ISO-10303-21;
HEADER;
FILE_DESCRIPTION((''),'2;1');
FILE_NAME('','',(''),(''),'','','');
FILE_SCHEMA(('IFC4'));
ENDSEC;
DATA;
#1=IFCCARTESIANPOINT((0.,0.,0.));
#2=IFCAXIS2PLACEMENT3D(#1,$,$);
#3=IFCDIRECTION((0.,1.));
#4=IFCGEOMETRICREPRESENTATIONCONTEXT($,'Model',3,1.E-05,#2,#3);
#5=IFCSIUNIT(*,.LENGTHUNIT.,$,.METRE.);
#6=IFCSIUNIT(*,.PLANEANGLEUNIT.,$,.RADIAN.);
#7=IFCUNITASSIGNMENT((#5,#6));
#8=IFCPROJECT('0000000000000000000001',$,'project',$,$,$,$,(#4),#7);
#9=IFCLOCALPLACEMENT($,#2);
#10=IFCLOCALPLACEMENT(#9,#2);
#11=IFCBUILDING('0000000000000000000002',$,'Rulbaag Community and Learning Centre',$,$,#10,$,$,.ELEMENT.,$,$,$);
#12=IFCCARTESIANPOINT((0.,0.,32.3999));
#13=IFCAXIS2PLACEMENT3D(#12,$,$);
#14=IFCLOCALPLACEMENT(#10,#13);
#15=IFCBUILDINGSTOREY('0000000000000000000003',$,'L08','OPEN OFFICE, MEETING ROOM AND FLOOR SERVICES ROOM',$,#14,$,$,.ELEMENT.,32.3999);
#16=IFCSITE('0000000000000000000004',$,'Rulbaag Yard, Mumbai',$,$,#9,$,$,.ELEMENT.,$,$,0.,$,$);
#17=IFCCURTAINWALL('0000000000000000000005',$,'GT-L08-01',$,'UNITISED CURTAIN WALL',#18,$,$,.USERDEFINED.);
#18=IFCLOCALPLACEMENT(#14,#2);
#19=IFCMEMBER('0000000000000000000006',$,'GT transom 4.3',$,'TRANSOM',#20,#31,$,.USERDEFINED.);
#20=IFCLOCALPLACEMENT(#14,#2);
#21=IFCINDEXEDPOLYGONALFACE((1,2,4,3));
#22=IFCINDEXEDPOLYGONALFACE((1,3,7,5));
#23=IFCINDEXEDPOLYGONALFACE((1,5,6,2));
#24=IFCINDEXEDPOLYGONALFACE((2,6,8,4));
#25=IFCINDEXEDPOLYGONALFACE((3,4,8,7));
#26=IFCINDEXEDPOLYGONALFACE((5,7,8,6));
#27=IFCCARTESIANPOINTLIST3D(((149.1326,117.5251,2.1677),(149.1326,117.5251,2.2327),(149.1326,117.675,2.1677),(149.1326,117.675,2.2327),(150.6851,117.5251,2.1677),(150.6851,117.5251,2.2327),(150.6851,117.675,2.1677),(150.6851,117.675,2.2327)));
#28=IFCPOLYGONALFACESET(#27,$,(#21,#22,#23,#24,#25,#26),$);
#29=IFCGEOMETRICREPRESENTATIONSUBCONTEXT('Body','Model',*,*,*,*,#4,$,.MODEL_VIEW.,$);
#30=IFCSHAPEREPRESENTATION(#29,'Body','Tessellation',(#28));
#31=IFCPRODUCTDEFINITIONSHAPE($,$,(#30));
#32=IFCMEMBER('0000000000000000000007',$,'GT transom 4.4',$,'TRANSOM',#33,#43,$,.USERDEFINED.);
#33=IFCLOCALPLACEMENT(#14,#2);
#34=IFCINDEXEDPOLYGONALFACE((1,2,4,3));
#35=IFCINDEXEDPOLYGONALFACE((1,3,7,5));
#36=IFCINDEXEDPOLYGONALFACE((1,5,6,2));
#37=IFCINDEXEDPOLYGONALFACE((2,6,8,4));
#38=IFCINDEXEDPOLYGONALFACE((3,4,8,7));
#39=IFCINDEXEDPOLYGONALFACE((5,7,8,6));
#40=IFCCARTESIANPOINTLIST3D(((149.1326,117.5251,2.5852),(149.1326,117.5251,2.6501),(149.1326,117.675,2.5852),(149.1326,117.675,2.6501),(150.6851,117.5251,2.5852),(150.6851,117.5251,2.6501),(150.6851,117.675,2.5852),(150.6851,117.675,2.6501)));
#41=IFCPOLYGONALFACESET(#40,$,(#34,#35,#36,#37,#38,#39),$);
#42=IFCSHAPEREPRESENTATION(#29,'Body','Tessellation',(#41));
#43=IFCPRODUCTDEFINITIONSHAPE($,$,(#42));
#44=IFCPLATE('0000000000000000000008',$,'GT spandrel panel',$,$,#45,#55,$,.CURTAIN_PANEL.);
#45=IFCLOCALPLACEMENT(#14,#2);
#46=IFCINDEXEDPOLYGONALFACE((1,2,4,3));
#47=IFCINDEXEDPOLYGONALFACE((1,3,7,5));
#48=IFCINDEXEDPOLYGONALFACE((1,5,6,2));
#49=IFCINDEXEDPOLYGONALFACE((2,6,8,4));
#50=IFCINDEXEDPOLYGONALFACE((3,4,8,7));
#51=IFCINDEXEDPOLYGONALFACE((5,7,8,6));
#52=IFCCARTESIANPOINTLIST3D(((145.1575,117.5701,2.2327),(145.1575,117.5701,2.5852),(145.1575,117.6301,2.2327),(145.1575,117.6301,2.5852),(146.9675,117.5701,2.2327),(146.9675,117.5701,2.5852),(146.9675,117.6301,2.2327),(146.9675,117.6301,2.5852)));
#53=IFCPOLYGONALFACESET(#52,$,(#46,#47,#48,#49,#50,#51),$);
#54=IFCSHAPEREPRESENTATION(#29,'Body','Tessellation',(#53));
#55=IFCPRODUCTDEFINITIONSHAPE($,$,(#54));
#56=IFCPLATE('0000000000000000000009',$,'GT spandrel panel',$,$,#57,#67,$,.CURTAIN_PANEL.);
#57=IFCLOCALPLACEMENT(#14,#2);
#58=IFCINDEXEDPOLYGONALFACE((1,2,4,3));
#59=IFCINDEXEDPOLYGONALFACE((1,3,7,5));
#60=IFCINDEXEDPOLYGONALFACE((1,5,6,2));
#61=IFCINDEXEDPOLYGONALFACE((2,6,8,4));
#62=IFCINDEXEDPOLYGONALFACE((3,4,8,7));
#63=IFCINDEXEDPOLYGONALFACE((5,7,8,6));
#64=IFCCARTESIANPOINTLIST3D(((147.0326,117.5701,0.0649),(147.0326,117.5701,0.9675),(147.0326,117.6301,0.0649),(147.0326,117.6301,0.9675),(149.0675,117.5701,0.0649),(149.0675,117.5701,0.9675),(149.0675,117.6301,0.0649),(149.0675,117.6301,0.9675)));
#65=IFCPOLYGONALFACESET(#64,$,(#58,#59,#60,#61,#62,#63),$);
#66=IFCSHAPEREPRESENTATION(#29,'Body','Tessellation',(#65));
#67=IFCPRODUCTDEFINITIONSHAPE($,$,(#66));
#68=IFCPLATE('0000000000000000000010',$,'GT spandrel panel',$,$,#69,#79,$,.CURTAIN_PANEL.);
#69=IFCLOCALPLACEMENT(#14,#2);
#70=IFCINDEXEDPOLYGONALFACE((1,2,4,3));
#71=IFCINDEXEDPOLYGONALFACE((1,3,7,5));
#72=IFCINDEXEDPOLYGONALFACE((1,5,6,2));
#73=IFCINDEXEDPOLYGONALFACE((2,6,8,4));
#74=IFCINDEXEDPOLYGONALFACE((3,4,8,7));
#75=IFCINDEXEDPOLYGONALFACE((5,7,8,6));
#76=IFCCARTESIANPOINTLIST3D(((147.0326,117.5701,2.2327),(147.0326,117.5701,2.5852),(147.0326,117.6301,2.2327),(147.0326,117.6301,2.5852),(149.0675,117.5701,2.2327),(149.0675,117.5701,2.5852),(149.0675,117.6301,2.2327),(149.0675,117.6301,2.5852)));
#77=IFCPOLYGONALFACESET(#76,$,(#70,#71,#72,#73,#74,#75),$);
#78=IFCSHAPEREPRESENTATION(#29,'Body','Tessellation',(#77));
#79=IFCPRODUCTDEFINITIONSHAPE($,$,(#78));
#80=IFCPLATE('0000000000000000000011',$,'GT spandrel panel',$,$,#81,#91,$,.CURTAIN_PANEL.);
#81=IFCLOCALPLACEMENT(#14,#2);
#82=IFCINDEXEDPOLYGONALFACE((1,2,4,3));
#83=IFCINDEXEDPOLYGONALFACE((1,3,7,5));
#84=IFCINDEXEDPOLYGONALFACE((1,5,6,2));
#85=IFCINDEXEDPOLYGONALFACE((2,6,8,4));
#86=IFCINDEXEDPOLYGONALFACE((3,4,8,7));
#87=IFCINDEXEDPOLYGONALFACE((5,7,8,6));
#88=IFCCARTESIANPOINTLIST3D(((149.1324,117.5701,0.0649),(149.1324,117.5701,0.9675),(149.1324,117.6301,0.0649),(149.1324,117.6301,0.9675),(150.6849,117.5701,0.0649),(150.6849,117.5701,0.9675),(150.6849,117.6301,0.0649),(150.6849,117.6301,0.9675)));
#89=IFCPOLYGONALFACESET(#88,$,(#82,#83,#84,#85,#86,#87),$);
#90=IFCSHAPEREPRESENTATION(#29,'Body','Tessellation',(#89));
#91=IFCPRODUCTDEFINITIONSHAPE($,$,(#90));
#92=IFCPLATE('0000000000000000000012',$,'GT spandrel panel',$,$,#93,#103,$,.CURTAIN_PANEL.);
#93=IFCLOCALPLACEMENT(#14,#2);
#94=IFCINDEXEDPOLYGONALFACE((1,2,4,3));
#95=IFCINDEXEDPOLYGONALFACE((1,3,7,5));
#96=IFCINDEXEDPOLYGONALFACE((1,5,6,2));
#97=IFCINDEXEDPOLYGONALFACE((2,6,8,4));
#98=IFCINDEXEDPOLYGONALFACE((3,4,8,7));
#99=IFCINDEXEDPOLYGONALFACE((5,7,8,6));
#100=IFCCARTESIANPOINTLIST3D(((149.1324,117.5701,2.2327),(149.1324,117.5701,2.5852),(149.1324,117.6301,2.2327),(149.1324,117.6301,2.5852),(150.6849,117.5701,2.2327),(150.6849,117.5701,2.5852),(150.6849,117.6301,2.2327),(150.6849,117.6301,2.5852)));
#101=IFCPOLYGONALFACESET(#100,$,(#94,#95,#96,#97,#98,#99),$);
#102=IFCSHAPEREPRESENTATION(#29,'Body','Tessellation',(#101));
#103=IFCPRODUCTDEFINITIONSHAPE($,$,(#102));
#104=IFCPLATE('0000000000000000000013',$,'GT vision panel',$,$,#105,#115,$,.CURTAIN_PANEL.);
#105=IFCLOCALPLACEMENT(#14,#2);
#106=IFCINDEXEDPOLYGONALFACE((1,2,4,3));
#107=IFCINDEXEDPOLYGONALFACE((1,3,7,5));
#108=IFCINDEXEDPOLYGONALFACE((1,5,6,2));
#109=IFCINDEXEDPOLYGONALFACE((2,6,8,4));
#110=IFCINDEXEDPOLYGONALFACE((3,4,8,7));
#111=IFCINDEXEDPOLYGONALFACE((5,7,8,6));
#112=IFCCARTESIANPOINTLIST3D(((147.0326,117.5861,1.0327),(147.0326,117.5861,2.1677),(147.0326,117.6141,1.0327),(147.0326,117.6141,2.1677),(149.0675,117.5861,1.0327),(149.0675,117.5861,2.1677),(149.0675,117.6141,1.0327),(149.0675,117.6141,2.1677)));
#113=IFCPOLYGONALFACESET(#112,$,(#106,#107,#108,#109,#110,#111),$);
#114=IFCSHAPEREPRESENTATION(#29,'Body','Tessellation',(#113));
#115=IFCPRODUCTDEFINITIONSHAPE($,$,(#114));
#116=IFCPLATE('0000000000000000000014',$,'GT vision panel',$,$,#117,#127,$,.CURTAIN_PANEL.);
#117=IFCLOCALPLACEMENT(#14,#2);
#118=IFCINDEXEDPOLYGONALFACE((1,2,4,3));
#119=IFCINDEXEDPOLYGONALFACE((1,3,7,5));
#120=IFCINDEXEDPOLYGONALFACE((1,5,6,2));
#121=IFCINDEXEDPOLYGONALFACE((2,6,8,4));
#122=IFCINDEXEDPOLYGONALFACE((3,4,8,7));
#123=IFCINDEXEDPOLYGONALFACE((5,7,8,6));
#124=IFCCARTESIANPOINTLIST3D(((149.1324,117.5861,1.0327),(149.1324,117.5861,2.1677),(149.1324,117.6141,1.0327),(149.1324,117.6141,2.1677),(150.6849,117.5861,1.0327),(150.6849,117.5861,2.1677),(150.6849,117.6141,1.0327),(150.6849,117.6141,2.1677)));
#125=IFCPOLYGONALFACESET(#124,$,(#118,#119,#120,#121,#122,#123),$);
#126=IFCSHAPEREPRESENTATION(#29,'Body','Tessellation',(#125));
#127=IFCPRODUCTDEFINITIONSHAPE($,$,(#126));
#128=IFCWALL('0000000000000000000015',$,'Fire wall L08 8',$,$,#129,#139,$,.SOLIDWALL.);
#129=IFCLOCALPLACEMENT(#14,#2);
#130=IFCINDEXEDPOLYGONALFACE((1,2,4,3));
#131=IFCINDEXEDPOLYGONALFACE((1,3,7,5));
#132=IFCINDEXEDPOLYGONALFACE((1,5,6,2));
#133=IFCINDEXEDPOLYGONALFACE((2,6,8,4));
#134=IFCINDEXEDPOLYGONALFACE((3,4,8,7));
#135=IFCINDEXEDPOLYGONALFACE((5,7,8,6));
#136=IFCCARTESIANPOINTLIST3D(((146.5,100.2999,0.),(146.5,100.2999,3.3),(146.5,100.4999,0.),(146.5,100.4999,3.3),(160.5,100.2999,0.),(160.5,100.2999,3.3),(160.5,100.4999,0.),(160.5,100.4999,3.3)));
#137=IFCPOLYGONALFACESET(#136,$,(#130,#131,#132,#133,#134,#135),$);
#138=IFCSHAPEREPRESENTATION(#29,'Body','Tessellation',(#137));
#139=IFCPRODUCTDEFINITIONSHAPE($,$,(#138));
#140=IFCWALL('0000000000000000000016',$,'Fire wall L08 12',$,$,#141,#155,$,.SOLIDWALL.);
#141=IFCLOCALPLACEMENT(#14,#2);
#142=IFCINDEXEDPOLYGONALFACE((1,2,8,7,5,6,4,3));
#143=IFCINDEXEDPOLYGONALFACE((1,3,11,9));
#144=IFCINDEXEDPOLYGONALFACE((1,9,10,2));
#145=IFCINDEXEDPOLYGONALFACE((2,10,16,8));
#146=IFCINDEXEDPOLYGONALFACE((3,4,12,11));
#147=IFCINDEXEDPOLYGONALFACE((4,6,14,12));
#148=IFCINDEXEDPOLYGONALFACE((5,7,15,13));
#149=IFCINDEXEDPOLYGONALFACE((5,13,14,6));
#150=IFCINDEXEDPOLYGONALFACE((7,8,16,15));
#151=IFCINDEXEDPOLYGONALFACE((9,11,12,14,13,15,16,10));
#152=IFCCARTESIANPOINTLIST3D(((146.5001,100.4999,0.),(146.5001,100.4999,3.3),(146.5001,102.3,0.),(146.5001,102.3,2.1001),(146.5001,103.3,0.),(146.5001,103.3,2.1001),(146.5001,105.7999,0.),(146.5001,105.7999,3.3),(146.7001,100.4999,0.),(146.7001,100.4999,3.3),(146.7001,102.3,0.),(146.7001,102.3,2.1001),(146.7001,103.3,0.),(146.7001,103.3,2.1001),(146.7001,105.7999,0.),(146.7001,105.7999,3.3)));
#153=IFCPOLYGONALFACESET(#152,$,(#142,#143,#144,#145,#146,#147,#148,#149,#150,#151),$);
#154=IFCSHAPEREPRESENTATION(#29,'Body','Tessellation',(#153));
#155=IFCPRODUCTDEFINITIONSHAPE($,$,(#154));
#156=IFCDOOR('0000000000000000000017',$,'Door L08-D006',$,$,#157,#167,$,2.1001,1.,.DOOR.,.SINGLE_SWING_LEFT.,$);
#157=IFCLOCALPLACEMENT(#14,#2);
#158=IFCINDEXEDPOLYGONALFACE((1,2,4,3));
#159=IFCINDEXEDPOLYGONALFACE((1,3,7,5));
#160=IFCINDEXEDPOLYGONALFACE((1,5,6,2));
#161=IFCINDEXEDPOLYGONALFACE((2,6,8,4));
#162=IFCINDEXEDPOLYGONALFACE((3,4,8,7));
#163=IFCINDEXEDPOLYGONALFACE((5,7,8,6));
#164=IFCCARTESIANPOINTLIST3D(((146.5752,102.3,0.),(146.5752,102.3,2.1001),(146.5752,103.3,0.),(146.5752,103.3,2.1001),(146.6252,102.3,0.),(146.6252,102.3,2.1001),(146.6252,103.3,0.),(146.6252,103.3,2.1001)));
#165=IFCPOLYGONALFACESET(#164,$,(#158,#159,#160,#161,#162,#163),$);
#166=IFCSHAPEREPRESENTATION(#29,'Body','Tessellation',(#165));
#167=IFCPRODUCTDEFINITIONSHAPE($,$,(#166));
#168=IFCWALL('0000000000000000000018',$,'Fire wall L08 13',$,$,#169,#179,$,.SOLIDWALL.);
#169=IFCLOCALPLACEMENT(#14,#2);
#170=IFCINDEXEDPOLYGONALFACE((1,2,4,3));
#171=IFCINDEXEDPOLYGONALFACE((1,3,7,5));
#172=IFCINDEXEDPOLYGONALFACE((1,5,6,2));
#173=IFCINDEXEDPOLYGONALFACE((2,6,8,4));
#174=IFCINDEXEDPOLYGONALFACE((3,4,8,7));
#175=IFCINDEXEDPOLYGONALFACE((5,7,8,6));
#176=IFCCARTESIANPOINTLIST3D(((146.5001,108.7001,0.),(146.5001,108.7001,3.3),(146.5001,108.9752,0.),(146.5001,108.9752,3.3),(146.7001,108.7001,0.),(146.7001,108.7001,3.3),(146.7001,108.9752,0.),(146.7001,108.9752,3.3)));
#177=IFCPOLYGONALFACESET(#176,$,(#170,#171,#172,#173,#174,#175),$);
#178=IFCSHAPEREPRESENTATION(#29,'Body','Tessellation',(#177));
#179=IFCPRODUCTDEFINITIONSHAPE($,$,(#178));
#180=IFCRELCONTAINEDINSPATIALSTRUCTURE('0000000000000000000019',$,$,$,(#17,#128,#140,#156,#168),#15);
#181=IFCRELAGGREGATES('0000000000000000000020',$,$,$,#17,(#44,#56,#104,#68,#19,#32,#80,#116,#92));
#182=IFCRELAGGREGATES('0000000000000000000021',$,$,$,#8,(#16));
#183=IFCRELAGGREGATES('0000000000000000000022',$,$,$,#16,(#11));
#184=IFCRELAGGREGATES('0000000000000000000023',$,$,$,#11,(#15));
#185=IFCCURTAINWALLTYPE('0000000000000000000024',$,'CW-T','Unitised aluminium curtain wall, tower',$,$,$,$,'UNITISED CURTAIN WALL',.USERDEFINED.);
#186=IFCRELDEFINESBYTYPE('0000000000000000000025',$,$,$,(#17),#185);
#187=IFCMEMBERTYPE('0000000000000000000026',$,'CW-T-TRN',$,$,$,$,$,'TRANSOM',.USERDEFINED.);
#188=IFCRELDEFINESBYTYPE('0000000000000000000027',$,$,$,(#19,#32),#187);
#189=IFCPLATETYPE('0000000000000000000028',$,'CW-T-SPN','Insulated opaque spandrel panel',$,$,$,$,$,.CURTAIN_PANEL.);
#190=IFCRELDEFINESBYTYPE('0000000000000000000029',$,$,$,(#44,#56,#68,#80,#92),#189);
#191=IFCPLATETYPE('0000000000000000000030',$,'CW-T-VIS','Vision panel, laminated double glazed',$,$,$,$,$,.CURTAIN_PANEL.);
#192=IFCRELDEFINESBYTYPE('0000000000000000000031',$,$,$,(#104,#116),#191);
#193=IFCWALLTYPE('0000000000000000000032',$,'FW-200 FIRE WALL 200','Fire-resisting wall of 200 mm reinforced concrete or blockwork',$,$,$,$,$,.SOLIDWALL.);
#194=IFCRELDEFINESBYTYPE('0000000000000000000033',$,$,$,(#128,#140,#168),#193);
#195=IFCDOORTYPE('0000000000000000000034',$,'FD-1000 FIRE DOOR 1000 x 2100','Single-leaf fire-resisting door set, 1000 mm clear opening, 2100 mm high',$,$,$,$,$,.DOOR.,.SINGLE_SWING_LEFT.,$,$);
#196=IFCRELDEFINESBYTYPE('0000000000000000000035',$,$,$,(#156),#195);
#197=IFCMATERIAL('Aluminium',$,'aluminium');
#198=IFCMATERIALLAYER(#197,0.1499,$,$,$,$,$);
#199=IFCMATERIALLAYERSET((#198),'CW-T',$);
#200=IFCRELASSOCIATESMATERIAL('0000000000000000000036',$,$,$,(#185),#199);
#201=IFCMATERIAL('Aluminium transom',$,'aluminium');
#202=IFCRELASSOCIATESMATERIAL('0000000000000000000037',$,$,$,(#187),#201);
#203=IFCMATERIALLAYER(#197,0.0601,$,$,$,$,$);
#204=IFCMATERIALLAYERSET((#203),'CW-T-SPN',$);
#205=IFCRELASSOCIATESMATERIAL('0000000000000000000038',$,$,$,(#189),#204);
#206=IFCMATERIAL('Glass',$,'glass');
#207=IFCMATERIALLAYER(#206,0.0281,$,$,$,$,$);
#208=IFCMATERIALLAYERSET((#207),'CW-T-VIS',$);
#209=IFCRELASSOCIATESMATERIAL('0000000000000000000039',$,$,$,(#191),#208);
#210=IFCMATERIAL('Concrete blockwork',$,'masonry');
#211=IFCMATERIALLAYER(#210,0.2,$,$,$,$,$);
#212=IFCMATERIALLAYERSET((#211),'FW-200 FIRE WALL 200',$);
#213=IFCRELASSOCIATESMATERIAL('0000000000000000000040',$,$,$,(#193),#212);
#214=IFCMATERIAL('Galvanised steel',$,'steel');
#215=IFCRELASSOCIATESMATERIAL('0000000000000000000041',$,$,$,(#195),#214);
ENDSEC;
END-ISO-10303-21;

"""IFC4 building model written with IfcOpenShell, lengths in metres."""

from ifc_helpers import new_model, si_unit, direction, frame, frame_2d, origin, origin_2d, place, context, subcontext, project, spatial, rectangle, extrude, material, layer, layer_set, material_profile, profile_set, type_object, element, fill, aggregate, save


model = new_model("IFC4")

# Units and contexts
model_context = context("Model", 3, precision=1e-05, world=origin(), true_north=direction((0.0, 1.0)))
body_context = subcontext(model_context, "Body", "Model", "MODEL_VIEW")
ifc_project = project(units=[si_unit("LENGTHUNIT", "METRE"), si_unit("PLANEANGLEUNIT", "RADIAN")], contexts=[model_context])

# Site, building, storey
site_placement = place(None, origin())
site = spatial("IfcSite", under=ifc_project, at=site_placement, Name="Rulbaag Yard, Mumbai", CompositionType="ELEMENT", RefElevation=0.0)
building_placement = place(site_placement, origin())
building = spatial("IfcBuilding", under=site, at=building_placement, Name="Rulbaag Community and Learning Centre", CompositionType="ELEMENT")
storey_placement = place(building_placement, frame((0.0, 0.0, 32.3999)))
storey = spatial("IfcBuildingStorey", under=building, at=storey_placement, Name="L08", Description="OPEN OFFICE, MEETING ROOM AND FLOOR SERVICES ROOM", CompositionType="ELEMENT", Elevation=32.3999)

# Curtain wall, members, plates
ifc_material_1 = material(Name="Aluminium", Category="aluminium")
ifc_layer_1 = layer(ifc_material_1, 0.1499)
ifc_layer_set_1 = layer_set([ifc_layer_1], Name="CW-T")
curtain_wall_type = type_object("IfcCurtainWallType", Name="CW-T", Description="Unitised aluminium curtain wall, tower", ElementType="UNITISED CURTAIN WALL", PredefinedType="USERDEFINED", material=ifc_layer_set_1)
curtain_wall_placement = place(storey_placement, origin())
curtain_wall = element("IfcCurtainWall", 1, at=curtain_wall_placement, inside=storey, type_object=curtain_wall_type, Name="GT-L08-01", ObjectType="UNITISED CURTAIN WALL", PredefinedType="USERDEFINED")
ifc_material_2 = material(Name="Aluminium transom", Category="aluminium")
ifc_material_profile_1 = material_profile(ifc_material_2, rectangle(XDim=0.1499, YDim=0.0649, at=origin_2d()), Name="AL 65x150 T")
ifc_profile_set_1 = profile_set([ifc_material_profile_1], Name="Aluminium transom")
member_type_1 = type_object("IfcMemberType", Name="CW-T-TRN", ElementType="TRANSOM", PredefinedType="USERDEFINED", material=ifc_profile_set_1)
member_1_placement = place(storey_placement, frame((149.1326, 117.6001, 2.2002), z_axis=(1.0, 0.0, 0.0), x_axis=(0.0, 1.0, 0.0)))
member_1 = element("IfcMember", 2, at=member_1_placement, type_object=member_type_1, Name="GT transom 4.3", ObjectType="TRANSOM", PredefinedType="USERDEFINED", context=body_context, shape_type="SweptSolid", body=[
    extrude(rectangle(XDim=0.1499, YDim=0.0649, at=origin_2d()), origin(), (0.0, 0.0, 1.0), 1.5525),
])
member_2_placement = place(storey_placement, frame((149.1326, 117.6001, 2.6177), z_axis=(1.0, 0.0, 0.0), x_axis=(0.0, 1.0, 0.0)))
member_2 = element("IfcMember", 3, at=member_2_placement, type_object=member_type_1, Name="GT transom 4.4", ObjectType="TRANSOM", PredefinedType="USERDEFINED", context=body_context, shape_type="SweptSolid", body=[
    extrude(rectangle(XDim=0.1499, YDim=0.0649, at=origin_2d()), origin(), (0.0, 0.0, 1.0), 1.5525),
])
ifc_layer_2 = layer(ifc_material_1, 0.0601)
ifc_layer_set_2 = layer_set([ifc_layer_2], Name="CW-T-SPN")
plate_type_1 = type_object("IfcPlateType", Name="CW-T-SPN", Description="Insulated opaque spandrel panel", PredefinedType="CURTAIN_PANEL", material=ifc_layer_set_2)
plate_1_placement = place(storey_placement, frame((146.0625, 117.6001, 2.2327), z_axis=(0.0, 0.0, 1.0), x_axis=(1.0, 0.0, 0.0)))
plate_1 = element("IfcPlate", 4, at=plate_1_placement, type_object=plate_type_1, Name="GT spandrel panel", PredefinedType="CURTAIN_PANEL", context=body_context, shape_type="SweptSolid", body=[
    extrude(rectangle(XDim=1.8101, YDim=0.0601, at=origin_2d()), origin(), (0.0, 0.0, 1.0), 0.3525),
])
plate_2_placement = place(storey_placement, frame((148.05, 117.6001, 0.0649), z_axis=(0.0, 0.0, 1.0), x_axis=(1.0, 0.0, 0.0)))
plate_2 = element("IfcPlate", 5, at=plate_2_placement, type_object=plate_type_1, Name="GT spandrel panel", PredefinedType="CURTAIN_PANEL", context=body_context, shape_type="SweptSolid", body=[
    extrude(rectangle(XDim=2.0349, YDim=0.0601, at=origin_2d()), origin(), (0.0, 0.0, 1.0), 0.9026),
])
plate_3_placement = place(storey_placement, frame((148.05, 117.6001, 2.2327), z_axis=(0.0, 0.0, 1.0), x_axis=(1.0, 0.0, 0.0)))
plate_3 = element("IfcPlate", 6, at=plate_3_placement, type_object=plate_type_1, Name="GT spandrel panel", PredefinedType="CURTAIN_PANEL", context=body_context, shape_type="SweptSolid", body=[
    extrude(rectangle(XDim=2.0349, YDim=0.0601, at=origin_2d()), origin(), (0.0, 0.0, 1.0), 0.3525),
])
plate_4_placement = place(storey_placement, frame((149.9087, 117.6001, 0.0649), z_axis=(0.0, 0.0, 1.0), x_axis=(1.0, 0.0, 0.0)))
plate_4 = element("IfcPlate", 7, at=plate_4_placement, type_object=plate_type_1, Name="GT spandrel panel", PredefinedType="CURTAIN_PANEL", context=body_context, shape_type="SweptSolid", body=[
    extrude(rectangle(XDim=1.5525, YDim=0.0601, at=origin_2d()), origin(), (0.0, 0.0, 1.0), 0.9026),
])
plate_5_placement = place(storey_placement, frame((149.9087, 117.6001, 2.2327), z_axis=(0.0, 0.0, 1.0), x_axis=(1.0, 0.0, 0.0)))
plate_5 = element("IfcPlate", 8, at=plate_5_placement, type_object=plate_type_1, Name="GT spandrel panel", PredefinedType="CURTAIN_PANEL", context=body_context, shape_type="SweptSolid", body=[
    extrude(rectangle(XDim=1.5525, YDim=0.0601, at=origin_2d()), origin(), (0.0, 0.0, 1.0), 0.3525),
])
ifc_material_3 = material(Name="Glass", Category="glass")
ifc_layer_3 = layer(ifc_material_3, 0.0281)
ifc_layer_set_3 = layer_set([ifc_layer_3], Name="CW-T-VIS")
plate_type_2 = type_object("IfcPlateType", Name="CW-T-VIS", Description="Vision panel, laminated double glazed", PredefinedType="CURTAIN_PANEL", material=ifc_layer_set_3)
plate_6_placement = place(storey_placement, frame((148.05, 117.6001, 1.0327), z_axis=(0.0, 0.0, 1.0), x_axis=(1.0, 0.0, 0.0)))
plate_6 = element("IfcPlate", 9, at=plate_6_placement, type_object=plate_type_2, Name="GT vision panel", PredefinedType="CURTAIN_PANEL", context=body_context, shape_type="SweptSolid", body=[
    extrude(rectangle(XDim=2.0349, YDim=0.0281, at=origin_2d()), origin(), (0.0, 0.0, 1.0), 1.135),
])
plate_7_placement = place(storey_placement, frame((149.9087, 117.6001, 1.0327), z_axis=(0.0, 0.0, 1.0), x_axis=(1.0, 0.0, 0.0)))
plate_7 = element("IfcPlate", 10, at=plate_7_placement, type_object=plate_type_2, Name="GT vision panel", PredefinedType="CURTAIN_PANEL", context=body_context, shape_type="SweptSolid", body=[
    extrude(rectangle(XDim=1.5525, YDim=0.0281, at=origin_2d()), origin(), (0.0, 0.0, 1.0), 1.135),
])
aggregate(curtain_wall, [plate_1, plate_2, plate_6, plate_3, member_1, member_2, plate_4, plate_7, plate_5])

# Wall
ifc_material_4 = material(Name="Concrete blockwork", Category="masonry")
ifc_layer_4 = layer(ifc_material_4, 0.2)
ifc_layer_set_4 = layer_set([ifc_layer_4], Name="FW-200 FIRE WALL 200")
wall_type_1 = type_object("IfcWallType", Name="FW-200 FIRE WALL 200", Description="Fire-resisting wall of 200 mm reinforced concrete or blockwork", PredefinedType="SOLIDWALL", material=ifc_layer_set_4)
wall_1_placement = place(storey_placement, frame((146.5, 100.3999, 0.0), z_axis=(0.0, 0.0, 1.0), x_axis=(1.0, 0.0, 0.0)))
element("IfcWall", 11, at=wall_1_placement, inside=storey, type_object=wall_type_1, Name="Fire wall L08 8", PredefinedType="SOLIDWALL", context=body_context, shape_type="SweptSolid", body=[
    extrude(rectangle(XDim=14.0, YDim=0.2, at=frame_2d((7.0, 0.0))), origin(), (0.0, 0.0, 1.0), 3.3),
])

# Wall, opening, door
wall_2_placement = place(storey_placement, frame((146.6001, 100.5, 0.0), z_axis=(0.0, 0.0, 1.0), x_axis=(0.0, 1.0, 0.0)))
wall_2 = element("IfcWall", 12, at=wall_2_placement, inside=storey, type_object=wall_type_1, Name="Fire wall L08 12", PredefinedType="SOLIDWALL", context=body_context, shape_type="SweptSolid", body=[
    extrude(rectangle(XDim=5.3, YDim=0.2, at=frame_2d((2.6499, 0.0))), origin(), (0.0, 0.0, 1.0), 3.3),
])
opening_1_placement = place(wall_2_placement, frame((1.8, 0.0, 0.0)))
opening_1 = element("IfcOpeningElement", 13, at=opening_1_placement, cuts=wall_2, PredefinedType="OPENING", context=body_context, shape_type="SweptSolid", body=[
    extrude(rectangle(XDim=1.0, YDim=2.1001, at=frame_2d((0.5, 1.05))), frame((0.0, 0.1099, 0.0), z_axis=(0.0, -1.0, 0.0), x_axis=(1.0, 0.0, 0.0)), (0.0, 0.0, 1.0), 0.22),
])
ifc_material_5 = material(Name="Galvanised steel", Category="steel")
door_type_1 = type_object("IfcDoorType", Name="FD-1000 FIRE DOOR 1000 x 2100", Description="Single-leaf fire-resisting door set, 1000 mm clear opening, 2100 mm high", OperationType="SINGLE_SWING_LEFT", PredefinedType="DOOR", material=ifc_material_5)
door_1_placement = place(opening_1_placement, origin())
door_1 = element("IfcDoor", 14, at=door_1_placement, inside=storey, type_object=door_type_1, Name="Door L08-D006", OperationType="SINGLE_SWING_LEFT", OverallHeight=2.1001, OverallWidth=1.0, PredefinedType="DOOR", context=body_context, shape_type="SweptSolid", body=[
    extrude(rectangle(XDim=1.0, YDim=2.1001, at=frame_2d((0.5, 1.05))), frame((0.0, 0.0249, 0.0), z_axis=(0.0, -1.0, 0.0), x_axis=(1.0, 0.0, 0.0)), (0.0, 0.0, 1.0), 0.05),
])
fill(opening_1, door_1)

# Wall
wall_3_placement = place(storey_placement, frame((146.6001, 108.7, 0.0), z_axis=(0.0, 0.0, 1.0), x_axis=(0.0, 1.0, 0.0)))
element("IfcWall", 15, at=wall_3_placement, inside=storey, type_object=wall_type_1, Name="Fire wall L08 13", PredefinedType="SOLIDWALL", context=body_context, shape_type="SweptSolid", body=[
    extrude(rectangle(XDim=0.2751, YDim=0.2, at=frame_2d((0.1377, 0.0))), origin(), (0.0, 0.0, 1.0), 3.3),
])

save(model, "model.ifc")
